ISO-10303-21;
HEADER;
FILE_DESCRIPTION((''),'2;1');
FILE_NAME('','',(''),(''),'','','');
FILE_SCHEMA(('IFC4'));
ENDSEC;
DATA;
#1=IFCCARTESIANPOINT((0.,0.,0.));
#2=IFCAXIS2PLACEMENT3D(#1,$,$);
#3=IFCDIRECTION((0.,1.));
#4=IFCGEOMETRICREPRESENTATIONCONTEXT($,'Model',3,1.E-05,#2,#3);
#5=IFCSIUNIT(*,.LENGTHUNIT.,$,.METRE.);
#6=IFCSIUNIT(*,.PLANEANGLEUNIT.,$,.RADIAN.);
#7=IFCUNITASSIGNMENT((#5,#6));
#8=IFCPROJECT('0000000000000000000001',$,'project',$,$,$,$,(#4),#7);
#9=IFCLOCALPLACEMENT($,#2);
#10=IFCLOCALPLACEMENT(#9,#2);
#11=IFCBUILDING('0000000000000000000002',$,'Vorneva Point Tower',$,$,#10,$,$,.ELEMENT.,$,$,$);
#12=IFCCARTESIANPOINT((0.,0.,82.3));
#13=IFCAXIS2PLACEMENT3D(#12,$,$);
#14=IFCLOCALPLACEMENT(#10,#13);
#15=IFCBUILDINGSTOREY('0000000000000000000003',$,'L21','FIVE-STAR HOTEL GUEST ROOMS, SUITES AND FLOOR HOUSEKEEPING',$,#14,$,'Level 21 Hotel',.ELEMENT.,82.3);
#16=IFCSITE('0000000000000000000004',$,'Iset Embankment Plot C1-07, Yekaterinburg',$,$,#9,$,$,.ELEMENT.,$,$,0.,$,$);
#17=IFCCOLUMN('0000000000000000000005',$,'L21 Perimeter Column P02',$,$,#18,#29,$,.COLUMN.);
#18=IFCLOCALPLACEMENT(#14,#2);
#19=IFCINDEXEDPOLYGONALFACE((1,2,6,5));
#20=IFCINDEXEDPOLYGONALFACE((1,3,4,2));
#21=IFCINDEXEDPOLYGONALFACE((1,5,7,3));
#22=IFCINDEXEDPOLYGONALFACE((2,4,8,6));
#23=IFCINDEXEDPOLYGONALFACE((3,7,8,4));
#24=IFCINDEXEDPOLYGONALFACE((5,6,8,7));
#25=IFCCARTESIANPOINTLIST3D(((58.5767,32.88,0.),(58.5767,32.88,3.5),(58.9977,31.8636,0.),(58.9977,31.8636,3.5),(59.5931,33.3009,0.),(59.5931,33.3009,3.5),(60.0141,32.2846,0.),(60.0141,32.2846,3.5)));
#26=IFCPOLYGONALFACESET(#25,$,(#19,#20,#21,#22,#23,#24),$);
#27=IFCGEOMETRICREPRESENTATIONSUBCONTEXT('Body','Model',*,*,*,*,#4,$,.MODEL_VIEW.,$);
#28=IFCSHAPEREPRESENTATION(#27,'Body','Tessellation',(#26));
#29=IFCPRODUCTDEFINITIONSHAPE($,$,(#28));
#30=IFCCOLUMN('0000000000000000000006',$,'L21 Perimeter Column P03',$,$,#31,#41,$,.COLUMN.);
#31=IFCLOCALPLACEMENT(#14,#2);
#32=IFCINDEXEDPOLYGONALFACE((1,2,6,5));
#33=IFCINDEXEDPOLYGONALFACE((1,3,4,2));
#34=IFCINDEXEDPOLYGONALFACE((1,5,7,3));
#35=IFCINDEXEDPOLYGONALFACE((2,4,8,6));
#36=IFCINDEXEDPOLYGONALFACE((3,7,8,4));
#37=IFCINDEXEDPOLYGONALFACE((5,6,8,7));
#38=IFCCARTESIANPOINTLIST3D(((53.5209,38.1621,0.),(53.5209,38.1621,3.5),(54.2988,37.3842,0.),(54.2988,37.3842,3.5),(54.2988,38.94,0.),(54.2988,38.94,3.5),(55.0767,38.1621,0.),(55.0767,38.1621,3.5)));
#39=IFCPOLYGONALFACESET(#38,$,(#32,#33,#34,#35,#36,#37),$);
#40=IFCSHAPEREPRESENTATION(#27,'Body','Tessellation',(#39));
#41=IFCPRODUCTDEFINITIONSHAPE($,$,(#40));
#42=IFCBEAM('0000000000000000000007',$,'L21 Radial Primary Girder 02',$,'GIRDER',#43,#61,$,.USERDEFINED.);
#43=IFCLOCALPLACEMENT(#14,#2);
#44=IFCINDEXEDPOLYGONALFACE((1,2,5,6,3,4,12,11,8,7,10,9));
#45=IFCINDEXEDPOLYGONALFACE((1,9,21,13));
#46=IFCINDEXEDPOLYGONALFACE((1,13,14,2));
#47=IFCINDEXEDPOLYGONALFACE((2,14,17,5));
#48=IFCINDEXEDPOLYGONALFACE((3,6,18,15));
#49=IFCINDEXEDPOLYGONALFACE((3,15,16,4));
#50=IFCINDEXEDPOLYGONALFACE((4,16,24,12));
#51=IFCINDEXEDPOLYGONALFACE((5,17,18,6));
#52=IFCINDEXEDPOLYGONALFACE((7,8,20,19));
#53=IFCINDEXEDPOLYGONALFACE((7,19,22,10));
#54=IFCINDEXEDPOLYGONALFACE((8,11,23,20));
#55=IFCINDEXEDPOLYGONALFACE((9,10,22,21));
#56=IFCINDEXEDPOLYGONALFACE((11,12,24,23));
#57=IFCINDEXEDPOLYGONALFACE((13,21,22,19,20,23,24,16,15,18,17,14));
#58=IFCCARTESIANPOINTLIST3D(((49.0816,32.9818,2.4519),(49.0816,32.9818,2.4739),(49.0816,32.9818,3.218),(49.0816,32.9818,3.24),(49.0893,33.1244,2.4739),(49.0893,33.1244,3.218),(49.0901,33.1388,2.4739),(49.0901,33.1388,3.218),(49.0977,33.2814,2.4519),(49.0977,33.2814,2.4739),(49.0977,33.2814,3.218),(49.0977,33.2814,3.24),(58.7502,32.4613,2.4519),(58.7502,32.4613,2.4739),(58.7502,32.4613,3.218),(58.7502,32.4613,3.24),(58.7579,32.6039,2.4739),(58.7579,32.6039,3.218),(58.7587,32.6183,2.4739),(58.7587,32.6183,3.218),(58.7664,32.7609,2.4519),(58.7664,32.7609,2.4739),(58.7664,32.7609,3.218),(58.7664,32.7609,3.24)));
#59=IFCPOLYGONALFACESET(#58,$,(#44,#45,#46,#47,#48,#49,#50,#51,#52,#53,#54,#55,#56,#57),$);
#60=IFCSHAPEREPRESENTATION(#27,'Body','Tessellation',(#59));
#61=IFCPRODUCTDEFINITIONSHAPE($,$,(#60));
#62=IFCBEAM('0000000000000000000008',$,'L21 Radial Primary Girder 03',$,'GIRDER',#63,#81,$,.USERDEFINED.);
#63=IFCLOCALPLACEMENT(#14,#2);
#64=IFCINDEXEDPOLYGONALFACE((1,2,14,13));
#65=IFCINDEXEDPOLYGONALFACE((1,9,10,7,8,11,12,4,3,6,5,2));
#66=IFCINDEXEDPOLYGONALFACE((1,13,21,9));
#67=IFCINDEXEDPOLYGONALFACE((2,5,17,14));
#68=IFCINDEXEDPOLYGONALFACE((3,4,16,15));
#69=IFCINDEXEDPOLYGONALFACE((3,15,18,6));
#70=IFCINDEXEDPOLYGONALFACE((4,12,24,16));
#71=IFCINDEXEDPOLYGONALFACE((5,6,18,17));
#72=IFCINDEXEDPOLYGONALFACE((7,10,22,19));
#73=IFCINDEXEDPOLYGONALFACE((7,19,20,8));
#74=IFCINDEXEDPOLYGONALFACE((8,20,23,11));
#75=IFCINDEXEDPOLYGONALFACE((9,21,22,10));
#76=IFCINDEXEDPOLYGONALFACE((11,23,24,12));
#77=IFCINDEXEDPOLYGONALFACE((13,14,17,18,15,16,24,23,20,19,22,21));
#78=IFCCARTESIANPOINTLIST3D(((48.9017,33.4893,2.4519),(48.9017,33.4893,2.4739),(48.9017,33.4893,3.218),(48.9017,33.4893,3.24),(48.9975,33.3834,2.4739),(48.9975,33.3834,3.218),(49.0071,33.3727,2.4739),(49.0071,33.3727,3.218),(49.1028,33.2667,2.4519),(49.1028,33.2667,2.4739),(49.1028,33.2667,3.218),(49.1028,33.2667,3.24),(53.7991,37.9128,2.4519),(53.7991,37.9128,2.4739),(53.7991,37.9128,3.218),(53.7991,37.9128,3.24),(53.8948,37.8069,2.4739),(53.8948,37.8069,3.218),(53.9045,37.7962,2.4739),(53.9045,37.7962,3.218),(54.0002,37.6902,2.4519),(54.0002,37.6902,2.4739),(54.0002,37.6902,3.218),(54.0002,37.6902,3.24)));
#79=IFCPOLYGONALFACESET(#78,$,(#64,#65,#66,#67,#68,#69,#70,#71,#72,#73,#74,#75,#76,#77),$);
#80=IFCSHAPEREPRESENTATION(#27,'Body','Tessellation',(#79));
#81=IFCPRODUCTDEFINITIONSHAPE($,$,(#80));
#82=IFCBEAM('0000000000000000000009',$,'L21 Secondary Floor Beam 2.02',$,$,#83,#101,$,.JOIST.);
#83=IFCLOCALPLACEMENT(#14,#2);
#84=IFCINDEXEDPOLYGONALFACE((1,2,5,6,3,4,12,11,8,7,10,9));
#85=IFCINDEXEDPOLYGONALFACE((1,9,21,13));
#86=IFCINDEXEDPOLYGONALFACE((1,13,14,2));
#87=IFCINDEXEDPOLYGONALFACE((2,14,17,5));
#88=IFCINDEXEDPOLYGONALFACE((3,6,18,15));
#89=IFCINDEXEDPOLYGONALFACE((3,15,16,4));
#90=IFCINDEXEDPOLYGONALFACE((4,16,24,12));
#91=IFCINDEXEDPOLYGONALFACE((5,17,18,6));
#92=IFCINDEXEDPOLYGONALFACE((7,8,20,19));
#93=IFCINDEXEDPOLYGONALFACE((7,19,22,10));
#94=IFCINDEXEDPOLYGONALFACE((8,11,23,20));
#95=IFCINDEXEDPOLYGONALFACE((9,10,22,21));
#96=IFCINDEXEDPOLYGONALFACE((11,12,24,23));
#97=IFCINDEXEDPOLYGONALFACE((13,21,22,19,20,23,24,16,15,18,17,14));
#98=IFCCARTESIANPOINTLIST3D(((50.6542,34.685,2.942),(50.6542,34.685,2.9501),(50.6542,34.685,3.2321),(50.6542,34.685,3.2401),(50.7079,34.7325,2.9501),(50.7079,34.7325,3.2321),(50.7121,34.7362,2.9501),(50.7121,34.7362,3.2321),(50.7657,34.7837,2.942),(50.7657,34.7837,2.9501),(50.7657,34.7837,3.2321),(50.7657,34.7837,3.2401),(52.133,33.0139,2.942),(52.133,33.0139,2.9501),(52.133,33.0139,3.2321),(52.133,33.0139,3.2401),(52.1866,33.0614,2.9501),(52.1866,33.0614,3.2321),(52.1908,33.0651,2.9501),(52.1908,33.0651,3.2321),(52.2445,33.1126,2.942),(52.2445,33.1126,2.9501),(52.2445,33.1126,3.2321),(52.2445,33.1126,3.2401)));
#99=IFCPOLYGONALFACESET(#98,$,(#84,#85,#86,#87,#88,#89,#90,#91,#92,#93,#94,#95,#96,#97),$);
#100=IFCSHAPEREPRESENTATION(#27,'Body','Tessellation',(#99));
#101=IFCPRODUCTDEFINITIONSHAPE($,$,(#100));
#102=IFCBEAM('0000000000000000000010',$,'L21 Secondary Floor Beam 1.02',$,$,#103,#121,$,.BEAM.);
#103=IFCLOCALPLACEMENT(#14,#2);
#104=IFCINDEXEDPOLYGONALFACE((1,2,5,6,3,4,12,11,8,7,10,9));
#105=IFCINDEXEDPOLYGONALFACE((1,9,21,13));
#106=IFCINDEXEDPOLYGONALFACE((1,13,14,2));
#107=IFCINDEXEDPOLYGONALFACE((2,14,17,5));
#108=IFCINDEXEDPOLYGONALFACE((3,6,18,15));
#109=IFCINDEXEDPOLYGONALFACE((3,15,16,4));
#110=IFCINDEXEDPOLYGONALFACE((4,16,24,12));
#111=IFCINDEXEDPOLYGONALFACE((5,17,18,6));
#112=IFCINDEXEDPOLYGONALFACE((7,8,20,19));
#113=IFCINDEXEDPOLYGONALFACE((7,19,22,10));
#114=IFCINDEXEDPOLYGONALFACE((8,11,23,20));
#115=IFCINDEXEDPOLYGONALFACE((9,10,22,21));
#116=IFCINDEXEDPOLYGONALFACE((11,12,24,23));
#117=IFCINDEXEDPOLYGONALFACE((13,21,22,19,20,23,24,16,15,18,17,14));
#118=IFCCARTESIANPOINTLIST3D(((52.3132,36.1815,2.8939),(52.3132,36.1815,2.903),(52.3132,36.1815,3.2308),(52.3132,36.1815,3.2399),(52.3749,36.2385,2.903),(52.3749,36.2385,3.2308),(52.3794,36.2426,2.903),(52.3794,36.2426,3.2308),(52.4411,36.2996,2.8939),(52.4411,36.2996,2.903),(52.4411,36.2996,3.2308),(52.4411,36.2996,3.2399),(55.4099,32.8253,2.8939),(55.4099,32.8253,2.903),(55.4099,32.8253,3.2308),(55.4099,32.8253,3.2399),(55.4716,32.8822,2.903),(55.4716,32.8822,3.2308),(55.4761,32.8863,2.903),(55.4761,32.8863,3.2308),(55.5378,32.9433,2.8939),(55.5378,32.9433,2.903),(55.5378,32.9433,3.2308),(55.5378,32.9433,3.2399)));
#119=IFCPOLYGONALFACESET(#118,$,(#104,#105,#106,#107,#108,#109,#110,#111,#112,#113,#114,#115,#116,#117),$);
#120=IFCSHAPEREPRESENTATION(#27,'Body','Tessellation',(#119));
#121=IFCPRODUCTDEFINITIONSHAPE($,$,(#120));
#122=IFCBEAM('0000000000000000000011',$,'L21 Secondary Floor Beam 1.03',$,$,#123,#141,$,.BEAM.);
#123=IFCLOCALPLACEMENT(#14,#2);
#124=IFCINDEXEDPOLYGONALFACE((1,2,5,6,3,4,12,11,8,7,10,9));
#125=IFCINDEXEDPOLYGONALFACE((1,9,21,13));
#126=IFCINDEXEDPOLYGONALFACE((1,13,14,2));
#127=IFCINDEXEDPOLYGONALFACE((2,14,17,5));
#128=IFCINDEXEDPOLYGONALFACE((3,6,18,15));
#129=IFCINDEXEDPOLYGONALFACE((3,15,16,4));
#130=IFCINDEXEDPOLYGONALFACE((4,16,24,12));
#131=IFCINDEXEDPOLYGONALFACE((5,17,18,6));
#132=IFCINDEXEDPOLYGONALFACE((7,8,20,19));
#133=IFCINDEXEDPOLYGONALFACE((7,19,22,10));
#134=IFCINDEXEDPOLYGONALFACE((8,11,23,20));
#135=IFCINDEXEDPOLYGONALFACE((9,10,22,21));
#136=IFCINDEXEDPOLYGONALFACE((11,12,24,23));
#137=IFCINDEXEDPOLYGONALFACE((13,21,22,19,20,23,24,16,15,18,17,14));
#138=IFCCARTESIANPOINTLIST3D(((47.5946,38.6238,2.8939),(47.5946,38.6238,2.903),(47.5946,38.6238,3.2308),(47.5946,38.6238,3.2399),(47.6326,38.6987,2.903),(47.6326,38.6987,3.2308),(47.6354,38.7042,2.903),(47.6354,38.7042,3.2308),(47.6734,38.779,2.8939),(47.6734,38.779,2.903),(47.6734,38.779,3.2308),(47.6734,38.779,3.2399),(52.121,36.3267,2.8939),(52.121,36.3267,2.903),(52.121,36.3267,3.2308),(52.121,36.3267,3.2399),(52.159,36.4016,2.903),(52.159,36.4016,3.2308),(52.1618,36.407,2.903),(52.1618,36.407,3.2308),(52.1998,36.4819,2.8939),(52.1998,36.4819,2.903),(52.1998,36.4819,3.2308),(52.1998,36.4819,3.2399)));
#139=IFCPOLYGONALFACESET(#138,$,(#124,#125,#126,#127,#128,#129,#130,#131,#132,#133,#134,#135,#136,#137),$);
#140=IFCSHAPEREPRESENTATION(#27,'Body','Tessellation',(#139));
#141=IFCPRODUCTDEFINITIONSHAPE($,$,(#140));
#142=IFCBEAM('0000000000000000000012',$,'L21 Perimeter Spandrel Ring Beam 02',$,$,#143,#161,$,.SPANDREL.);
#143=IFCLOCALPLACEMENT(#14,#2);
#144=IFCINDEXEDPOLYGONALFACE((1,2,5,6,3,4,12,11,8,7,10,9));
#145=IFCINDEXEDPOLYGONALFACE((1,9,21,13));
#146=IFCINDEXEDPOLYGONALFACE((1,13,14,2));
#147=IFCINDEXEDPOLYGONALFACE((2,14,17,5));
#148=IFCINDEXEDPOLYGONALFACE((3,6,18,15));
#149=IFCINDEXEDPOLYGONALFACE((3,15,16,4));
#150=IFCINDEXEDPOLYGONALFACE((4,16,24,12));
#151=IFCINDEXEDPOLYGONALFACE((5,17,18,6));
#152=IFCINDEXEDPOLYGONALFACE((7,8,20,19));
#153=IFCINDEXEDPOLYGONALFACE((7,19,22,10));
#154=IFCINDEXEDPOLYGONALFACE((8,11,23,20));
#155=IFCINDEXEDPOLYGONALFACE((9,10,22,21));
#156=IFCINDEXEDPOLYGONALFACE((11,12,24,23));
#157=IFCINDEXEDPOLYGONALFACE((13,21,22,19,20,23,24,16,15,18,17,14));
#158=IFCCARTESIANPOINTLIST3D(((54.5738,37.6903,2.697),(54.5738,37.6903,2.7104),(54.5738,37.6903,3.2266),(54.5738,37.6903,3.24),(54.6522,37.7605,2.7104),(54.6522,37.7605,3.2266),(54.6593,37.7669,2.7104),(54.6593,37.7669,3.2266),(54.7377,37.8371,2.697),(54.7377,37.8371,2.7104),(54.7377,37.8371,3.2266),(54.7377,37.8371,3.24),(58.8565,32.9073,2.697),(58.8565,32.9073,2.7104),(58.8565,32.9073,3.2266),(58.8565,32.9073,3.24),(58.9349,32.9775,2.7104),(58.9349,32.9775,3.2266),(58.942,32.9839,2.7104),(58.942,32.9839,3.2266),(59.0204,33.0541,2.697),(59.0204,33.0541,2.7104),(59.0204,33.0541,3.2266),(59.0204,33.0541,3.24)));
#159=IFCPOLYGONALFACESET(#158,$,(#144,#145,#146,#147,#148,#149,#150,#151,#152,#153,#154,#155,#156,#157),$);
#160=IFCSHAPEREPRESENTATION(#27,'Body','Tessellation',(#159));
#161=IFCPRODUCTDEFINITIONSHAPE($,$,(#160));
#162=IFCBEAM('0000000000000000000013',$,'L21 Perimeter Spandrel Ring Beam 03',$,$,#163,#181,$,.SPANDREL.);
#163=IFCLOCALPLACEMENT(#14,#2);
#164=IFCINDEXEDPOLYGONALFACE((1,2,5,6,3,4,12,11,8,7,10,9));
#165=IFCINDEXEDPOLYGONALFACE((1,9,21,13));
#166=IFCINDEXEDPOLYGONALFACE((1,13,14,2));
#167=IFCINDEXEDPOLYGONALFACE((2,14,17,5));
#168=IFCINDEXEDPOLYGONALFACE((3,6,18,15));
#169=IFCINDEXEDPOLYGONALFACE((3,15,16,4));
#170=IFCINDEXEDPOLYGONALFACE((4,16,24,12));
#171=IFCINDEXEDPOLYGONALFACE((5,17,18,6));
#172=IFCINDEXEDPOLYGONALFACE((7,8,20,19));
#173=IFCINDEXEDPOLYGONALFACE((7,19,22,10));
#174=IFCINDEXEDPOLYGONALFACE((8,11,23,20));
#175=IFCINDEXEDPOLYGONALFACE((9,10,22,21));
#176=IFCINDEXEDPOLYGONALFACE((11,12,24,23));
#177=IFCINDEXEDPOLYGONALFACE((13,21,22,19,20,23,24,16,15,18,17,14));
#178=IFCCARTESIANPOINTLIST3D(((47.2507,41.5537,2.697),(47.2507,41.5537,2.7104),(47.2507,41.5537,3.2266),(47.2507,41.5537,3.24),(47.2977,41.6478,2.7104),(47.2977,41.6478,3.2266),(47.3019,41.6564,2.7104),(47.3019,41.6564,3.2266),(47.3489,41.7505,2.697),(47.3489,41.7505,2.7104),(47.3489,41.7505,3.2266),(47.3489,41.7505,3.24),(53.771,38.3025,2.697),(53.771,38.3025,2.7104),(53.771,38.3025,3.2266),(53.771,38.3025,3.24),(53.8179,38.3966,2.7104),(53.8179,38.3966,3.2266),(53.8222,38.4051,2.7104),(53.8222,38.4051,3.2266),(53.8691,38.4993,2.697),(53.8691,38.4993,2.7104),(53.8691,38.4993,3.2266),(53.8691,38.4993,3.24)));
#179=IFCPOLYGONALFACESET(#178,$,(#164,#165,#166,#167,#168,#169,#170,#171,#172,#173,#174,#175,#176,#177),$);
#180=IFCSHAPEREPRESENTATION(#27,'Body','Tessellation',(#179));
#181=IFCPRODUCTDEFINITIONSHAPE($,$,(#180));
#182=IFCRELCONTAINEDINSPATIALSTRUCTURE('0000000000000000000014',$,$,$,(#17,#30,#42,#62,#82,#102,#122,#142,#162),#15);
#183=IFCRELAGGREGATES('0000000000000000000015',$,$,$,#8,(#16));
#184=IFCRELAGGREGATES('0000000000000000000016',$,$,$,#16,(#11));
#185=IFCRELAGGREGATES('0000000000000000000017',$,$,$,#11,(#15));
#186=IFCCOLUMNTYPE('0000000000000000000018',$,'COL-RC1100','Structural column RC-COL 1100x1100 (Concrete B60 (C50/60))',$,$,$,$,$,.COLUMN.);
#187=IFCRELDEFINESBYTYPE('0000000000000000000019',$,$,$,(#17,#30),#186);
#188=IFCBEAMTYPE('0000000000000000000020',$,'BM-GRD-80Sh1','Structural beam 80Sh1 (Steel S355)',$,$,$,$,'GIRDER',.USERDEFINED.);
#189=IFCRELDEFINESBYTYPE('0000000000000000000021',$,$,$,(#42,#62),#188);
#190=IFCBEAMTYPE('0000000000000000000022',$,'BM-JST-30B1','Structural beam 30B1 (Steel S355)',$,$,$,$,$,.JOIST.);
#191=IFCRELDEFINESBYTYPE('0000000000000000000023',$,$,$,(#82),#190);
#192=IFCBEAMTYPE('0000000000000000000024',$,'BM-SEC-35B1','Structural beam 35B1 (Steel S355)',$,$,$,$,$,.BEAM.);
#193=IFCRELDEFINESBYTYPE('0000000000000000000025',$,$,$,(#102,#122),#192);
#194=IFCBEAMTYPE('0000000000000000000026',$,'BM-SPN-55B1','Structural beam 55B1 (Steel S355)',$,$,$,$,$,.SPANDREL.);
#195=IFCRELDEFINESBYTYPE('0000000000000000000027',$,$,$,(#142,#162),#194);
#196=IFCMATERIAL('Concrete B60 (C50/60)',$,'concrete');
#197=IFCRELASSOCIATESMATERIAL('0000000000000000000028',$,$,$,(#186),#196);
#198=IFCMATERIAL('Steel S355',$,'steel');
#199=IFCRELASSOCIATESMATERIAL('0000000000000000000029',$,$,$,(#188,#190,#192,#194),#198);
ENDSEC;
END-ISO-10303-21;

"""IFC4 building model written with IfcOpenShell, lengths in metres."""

from ifc_helpers import new_model, si_unit, direction, frame, origin, origin_2d, place, context, subcontext, project, spatial, rectangle, i_section, extrude, material, material_profile, profile_set, type_object, element, save


model = new_model("IFC4")

# Units and contexts
model_context = context("Model", 3, precision=1e-05, world=origin(), true_north=direction((0.0, 1.0)))
body_context = subcontext(model_context, "Body", "Model", "MODEL_VIEW")
ifc_project = project(units=[si_unit("LENGTHUNIT", "METRE"), si_unit("PLANEANGLEUNIT", "RADIAN")], contexts=[model_context])

# Site, building, storey
site_placement = place(None, origin())
site = spatial("IfcSite", under=ifc_project, at=site_placement, Name="Iset Embankment Plot C1-07, Yekaterinburg", CompositionType="ELEMENT", RefElevation=0.0)
building_placement = place(site_placement, origin())
building = spatial("IfcBuilding", under=site, at=building_placement, Name="Vorneva Point Tower", CompositionType="ELEMENT")
storey_placement = place(building_placement, frame((0.0, 0.0, 82.3)))
storey = spatial("IfcBuildingStorey", under=building, at=storey_placement, Name="L21", Description="FIVE-STAR HOTEL GUEST ROOMS, SUITES AND FLOOR HOUSEKEEPING", LongName="Level 21 Hotel", CompositionType="ELEMENT", Elevation=82.3)

# Columns
ifc_material_1 = material(Name="Concrete B60 (C50/60)", Category="concrete")
ifc_material_profile_1 = material_profile(ifc_material_1, rectangle(XDim=1.1001, YDim=1.1001, at=origin_2d()), Name="RC-COL 1100x1100")
ifc_profile_set_1 = profile_set([ifc_material_profile_1], Name="Concrete B60 (C50/60)")
column_type = type_object("IfcColumnType", Name="COL-RC1100", Description="Structural column RC-COL 1100x1100 (Concrete B60 (C50/60))", PredefinedType="COLUMN", material=ifc_profile_set_1)
for number, where, z_axis, x_axis, name in (
    (1, (59.2954, 32.5823, 0.0), (0.0, 0.0, 1.0), (0.92388, 0.382683, 0.0), "L21 Perimeter Column P02"),
    (2, (54.2988, 38.1621, 0.0), (0.0, 0.0, 1.0), (0.707107, 0.707107, 0.0), "L21 Perimeter Column P03"),
):
    element("IfcColumn", number, at=place(storey_placement, frame(where, z_axis=z_axis, x_axis=x_axis)), inside=storey, type_object=column_type, Name=name, PredefinedType="COLUMN", context=body_context, shape_type="SweptSolid", body=[
        extrude(rectangle(XDim=1.1001, YDim=1.1001, at=origin_2d()), origin(), (0.0, 0.0, 1.0), 3.5),
    ])

# Beams
ifc_material_2 = material(Name="Steel S355", Category="steel")
ifc_material_profile_2 = material_profile(ifc_material_2, i_section(OverallWidth=0.3, OverallDepth=0.7881, WebThickness=0.0144, FlangeThickness=0.022, at=origin_2d()), Name="80Sh1")
ifc_profile_set_2 = profile_set([ifc_material_profile_2], Name="Steel S355")
beam_type_1 = type_object("IfcBeamType", Name="BM-GRD-80Sh1", Description="Structural beam 80Sh1 (Steel S355)", ElementType="GIRDER", PredefinedType="USERDEFINED", material=ifc_profile_set_2)
beam_1_placement = place(storey_placement, frame((58.7583, 32.6111, 2.8459), z_axis=(-0.998554, 0.053756, 0.0), x_axis=(-0.053756, -0.998554, 0.0)))
element("IfcBeam", 3, at=beam_1_placement, inside=storey, type_object=beam_type_1, Name="L21 Radial Primary Girder 02", ObjectType="GIRDER", PredefinedType="USERDEFINED", context=body_context, shape_type="SweptSolid", body=[
    extrude(i_section(OverallWidth=0.3, OverallDepth=0.7881, WebThickness=0.0144, FlangeThickness=0.022, at=origin_2d()), origin(), (0.0, 0.0, 1.0), 9.6826),
])
beam_2_placement = place(storey_placement, frame((53.8997, 37.8015, 2.8459), z_axis=(-0.742097, -0.670292, 0.0), x_axis=(0.670292, -0.742097, 0.0)))
element("IfcBeam", 4, at=beam_2_placement, inside=storey, type_object=beam_type_1, Name="L21 Radial Primary Girder 03", ObjectType="GIRDER", PredefinedType="USERDEFINED", context=body_context, shape_type="SweptSolid", body=[
    extrude(i_section(OverallWidth=0.3, OverallDepth=0.7881, WebThickness=0.0144, FlangeThickness=0.022, at=origin_2d()), origin(), (0.0, 0.0, 1.0), 6.5994),
])
ifc_material_profile_3 = material_profile(ifc_material_2, i_section(OverallWidth=0.1489, OverallDepth=0.2981, WebThickness=0.0056, FlangeThickness=0.0081, at=origin_2d()), Name="30B1")
ifc_profile_set_3 = profile_set([ifc_material_profile_3], Name="Steel S355")
beam_type_2 = type_object("IfcBeamType", Name="BM-JST-30B1", Description="Structural beam 30B1 (Steel S355)", PredefinedType="JOIST", material=ifc_profile_set_3)
beam_3_placement = place(storey_placement, frame((52.1887, 33.0632, 3.0911), z_axis=(-0.662685, 0.748898, 0.0), x_axis=(-0.748898, -0.662685, 0.0)))
element("IfcBeam", 5, at=beam_3_placement, inside=storey, type_object=beam_type_2, Name="L21 Secondary Floor Beam 2.02", PredefinedType="JOIST", context=body_context, shape_type="SweptSolid", body=[
    extrude(i_section(OverallWidth=0.1489, OverallDepth=0.2981, WebThickness=0.0056, FlangeThickness=0.0081, at=origin_2d()), origin(), (0.0, 0.0, 1.0), 2.2314),
])
ifc_material_profile_4 = material_profile(ifc_material_2, i_section(OverallWidth=0.1741, OverallDepth=0.3459, WebThickness=0.0061, FlangeThickness=0.009, at=origin_2d()), Name="35B1")
ifc_profile_set_4 = profile_set([ifc_material_profile_4], Name="Steel S355")
beam_type_3 = type_object("IfcBeamType", Name="BM-SEC-35B1", Description="Structural beam 35B1 (Steel S355)", PredefinedType="BEAM", material=ifc_profile_set_4)
beam_4_placement = place(storey_placement, frame((55.4739, 32.8843, 3.0669), z_axis=(-0.67812, 0.734951, 0.0), x_axis=(-0.734951, -0.67812, 0.0)))
element("IfcBeam", 6, at=beam_4_placement, inside=storey, type_object=beam_type_3, Name="L21 Secondary Floor Beam 1.02", PredefinedType="BEAM", context=body_context, shape_type="SweptSolid", body=[
    extrude(i_section(OverallWidth=0.1741, OverallDepth=0.3459, WebThickness=0.0061, FlangeThickness=0.009, at=origin_2d()), origin(), (0.0, 0.0, 1.0), 4.5667),
])
beam_5_placement = place(storey_placement, frame((52.1604, 36.4043, 3.0669), z_axis=(-0.891737, 0.452554, 0.0), x_axis=(-0.452554, -0.891737, 0.0)))
element("IfcBeam", 7, at=beam_5_placement, inside=storey, type_object=beam_type_3, Name="L21 Secondary Floor Beam 1.03", PredefinedType="BEAM", context=body_context, shape_type="SweptSolid", body=[
    extrude(i_section(OverallWidth=0.1741, OverallDepth=0.3459, WebThickness=0.0061, FlangeThickness=0.009, at=origin_2d()), origin(), (0.0, 0.0, 1.0), 5.0759),
])
ifc_material_profile_5 = material_profile(ifc_material_2, i_section(OverallWidth=0.22, OverallDepth=0.543, WebThickness=0.0095, FlangeThickness=0.0134, at=origin_2d()), Name="55B1")
ifc_profile_set_5 = profile_set([ifc_material_profile_5], Name="Steel S355")
beam_type_4 = type_object("IfcBeamType", Name="BM-SPN-55B1", Description="Structural beam 55B1 (Steel S355)", PredefinedType="SPANDREL", material=ifc_profile_set_5)
beam_6_placement = place(storey_placement, frame((58.9385, 32.9807, 2.9685), z_axis=(-0.667074, 0.744992, 0.0), x_axis=(-0.744992, -0.667074, 0.0)))
element("IfcBeam", 8, at=beam_6_placement, inside=storey, type_object=beam_type_4, Name="L21 Perimeter Spandrel Ring Beam 02", PredefinedType="SPANDREL", context=body_context, shape_type="SweptSolid", body=[
    extrude(i_section(OverallWidth=0.22, OverallDepth=0.543, WebThickness=0.0095, FlangeThickness=0.0134, at=origin_2d()), origin(), (0.0, 0.0, 1.0), 6.4202),
])
beam_7_placement = place(storey_placement, frame((53.8201, 38.4009, 2.9685), z_axis=(-0.894916, 0.446235, 0.0), x_axis=(-0.446235, -0.894916, 0.0)))
element("IfcBeam", 9, at=beam_7_placement, inside=storey, type_object=beam_type_4, Name="L21 Perimeter Spandrel Ring Beam 03", PredefinedType="SPANDREL", context=body_context, shape_type="SweptSolid", body=[
    extrude(i_section(OverallWidth=0.22, OverallDepth=0.543, WebThickness=0.0095, FlangeThickness=0.0134, at=origin_2d()), origin(), (0.0, 0.0, 1.0), 7.2859),
])

save(model, "model.ifc")
